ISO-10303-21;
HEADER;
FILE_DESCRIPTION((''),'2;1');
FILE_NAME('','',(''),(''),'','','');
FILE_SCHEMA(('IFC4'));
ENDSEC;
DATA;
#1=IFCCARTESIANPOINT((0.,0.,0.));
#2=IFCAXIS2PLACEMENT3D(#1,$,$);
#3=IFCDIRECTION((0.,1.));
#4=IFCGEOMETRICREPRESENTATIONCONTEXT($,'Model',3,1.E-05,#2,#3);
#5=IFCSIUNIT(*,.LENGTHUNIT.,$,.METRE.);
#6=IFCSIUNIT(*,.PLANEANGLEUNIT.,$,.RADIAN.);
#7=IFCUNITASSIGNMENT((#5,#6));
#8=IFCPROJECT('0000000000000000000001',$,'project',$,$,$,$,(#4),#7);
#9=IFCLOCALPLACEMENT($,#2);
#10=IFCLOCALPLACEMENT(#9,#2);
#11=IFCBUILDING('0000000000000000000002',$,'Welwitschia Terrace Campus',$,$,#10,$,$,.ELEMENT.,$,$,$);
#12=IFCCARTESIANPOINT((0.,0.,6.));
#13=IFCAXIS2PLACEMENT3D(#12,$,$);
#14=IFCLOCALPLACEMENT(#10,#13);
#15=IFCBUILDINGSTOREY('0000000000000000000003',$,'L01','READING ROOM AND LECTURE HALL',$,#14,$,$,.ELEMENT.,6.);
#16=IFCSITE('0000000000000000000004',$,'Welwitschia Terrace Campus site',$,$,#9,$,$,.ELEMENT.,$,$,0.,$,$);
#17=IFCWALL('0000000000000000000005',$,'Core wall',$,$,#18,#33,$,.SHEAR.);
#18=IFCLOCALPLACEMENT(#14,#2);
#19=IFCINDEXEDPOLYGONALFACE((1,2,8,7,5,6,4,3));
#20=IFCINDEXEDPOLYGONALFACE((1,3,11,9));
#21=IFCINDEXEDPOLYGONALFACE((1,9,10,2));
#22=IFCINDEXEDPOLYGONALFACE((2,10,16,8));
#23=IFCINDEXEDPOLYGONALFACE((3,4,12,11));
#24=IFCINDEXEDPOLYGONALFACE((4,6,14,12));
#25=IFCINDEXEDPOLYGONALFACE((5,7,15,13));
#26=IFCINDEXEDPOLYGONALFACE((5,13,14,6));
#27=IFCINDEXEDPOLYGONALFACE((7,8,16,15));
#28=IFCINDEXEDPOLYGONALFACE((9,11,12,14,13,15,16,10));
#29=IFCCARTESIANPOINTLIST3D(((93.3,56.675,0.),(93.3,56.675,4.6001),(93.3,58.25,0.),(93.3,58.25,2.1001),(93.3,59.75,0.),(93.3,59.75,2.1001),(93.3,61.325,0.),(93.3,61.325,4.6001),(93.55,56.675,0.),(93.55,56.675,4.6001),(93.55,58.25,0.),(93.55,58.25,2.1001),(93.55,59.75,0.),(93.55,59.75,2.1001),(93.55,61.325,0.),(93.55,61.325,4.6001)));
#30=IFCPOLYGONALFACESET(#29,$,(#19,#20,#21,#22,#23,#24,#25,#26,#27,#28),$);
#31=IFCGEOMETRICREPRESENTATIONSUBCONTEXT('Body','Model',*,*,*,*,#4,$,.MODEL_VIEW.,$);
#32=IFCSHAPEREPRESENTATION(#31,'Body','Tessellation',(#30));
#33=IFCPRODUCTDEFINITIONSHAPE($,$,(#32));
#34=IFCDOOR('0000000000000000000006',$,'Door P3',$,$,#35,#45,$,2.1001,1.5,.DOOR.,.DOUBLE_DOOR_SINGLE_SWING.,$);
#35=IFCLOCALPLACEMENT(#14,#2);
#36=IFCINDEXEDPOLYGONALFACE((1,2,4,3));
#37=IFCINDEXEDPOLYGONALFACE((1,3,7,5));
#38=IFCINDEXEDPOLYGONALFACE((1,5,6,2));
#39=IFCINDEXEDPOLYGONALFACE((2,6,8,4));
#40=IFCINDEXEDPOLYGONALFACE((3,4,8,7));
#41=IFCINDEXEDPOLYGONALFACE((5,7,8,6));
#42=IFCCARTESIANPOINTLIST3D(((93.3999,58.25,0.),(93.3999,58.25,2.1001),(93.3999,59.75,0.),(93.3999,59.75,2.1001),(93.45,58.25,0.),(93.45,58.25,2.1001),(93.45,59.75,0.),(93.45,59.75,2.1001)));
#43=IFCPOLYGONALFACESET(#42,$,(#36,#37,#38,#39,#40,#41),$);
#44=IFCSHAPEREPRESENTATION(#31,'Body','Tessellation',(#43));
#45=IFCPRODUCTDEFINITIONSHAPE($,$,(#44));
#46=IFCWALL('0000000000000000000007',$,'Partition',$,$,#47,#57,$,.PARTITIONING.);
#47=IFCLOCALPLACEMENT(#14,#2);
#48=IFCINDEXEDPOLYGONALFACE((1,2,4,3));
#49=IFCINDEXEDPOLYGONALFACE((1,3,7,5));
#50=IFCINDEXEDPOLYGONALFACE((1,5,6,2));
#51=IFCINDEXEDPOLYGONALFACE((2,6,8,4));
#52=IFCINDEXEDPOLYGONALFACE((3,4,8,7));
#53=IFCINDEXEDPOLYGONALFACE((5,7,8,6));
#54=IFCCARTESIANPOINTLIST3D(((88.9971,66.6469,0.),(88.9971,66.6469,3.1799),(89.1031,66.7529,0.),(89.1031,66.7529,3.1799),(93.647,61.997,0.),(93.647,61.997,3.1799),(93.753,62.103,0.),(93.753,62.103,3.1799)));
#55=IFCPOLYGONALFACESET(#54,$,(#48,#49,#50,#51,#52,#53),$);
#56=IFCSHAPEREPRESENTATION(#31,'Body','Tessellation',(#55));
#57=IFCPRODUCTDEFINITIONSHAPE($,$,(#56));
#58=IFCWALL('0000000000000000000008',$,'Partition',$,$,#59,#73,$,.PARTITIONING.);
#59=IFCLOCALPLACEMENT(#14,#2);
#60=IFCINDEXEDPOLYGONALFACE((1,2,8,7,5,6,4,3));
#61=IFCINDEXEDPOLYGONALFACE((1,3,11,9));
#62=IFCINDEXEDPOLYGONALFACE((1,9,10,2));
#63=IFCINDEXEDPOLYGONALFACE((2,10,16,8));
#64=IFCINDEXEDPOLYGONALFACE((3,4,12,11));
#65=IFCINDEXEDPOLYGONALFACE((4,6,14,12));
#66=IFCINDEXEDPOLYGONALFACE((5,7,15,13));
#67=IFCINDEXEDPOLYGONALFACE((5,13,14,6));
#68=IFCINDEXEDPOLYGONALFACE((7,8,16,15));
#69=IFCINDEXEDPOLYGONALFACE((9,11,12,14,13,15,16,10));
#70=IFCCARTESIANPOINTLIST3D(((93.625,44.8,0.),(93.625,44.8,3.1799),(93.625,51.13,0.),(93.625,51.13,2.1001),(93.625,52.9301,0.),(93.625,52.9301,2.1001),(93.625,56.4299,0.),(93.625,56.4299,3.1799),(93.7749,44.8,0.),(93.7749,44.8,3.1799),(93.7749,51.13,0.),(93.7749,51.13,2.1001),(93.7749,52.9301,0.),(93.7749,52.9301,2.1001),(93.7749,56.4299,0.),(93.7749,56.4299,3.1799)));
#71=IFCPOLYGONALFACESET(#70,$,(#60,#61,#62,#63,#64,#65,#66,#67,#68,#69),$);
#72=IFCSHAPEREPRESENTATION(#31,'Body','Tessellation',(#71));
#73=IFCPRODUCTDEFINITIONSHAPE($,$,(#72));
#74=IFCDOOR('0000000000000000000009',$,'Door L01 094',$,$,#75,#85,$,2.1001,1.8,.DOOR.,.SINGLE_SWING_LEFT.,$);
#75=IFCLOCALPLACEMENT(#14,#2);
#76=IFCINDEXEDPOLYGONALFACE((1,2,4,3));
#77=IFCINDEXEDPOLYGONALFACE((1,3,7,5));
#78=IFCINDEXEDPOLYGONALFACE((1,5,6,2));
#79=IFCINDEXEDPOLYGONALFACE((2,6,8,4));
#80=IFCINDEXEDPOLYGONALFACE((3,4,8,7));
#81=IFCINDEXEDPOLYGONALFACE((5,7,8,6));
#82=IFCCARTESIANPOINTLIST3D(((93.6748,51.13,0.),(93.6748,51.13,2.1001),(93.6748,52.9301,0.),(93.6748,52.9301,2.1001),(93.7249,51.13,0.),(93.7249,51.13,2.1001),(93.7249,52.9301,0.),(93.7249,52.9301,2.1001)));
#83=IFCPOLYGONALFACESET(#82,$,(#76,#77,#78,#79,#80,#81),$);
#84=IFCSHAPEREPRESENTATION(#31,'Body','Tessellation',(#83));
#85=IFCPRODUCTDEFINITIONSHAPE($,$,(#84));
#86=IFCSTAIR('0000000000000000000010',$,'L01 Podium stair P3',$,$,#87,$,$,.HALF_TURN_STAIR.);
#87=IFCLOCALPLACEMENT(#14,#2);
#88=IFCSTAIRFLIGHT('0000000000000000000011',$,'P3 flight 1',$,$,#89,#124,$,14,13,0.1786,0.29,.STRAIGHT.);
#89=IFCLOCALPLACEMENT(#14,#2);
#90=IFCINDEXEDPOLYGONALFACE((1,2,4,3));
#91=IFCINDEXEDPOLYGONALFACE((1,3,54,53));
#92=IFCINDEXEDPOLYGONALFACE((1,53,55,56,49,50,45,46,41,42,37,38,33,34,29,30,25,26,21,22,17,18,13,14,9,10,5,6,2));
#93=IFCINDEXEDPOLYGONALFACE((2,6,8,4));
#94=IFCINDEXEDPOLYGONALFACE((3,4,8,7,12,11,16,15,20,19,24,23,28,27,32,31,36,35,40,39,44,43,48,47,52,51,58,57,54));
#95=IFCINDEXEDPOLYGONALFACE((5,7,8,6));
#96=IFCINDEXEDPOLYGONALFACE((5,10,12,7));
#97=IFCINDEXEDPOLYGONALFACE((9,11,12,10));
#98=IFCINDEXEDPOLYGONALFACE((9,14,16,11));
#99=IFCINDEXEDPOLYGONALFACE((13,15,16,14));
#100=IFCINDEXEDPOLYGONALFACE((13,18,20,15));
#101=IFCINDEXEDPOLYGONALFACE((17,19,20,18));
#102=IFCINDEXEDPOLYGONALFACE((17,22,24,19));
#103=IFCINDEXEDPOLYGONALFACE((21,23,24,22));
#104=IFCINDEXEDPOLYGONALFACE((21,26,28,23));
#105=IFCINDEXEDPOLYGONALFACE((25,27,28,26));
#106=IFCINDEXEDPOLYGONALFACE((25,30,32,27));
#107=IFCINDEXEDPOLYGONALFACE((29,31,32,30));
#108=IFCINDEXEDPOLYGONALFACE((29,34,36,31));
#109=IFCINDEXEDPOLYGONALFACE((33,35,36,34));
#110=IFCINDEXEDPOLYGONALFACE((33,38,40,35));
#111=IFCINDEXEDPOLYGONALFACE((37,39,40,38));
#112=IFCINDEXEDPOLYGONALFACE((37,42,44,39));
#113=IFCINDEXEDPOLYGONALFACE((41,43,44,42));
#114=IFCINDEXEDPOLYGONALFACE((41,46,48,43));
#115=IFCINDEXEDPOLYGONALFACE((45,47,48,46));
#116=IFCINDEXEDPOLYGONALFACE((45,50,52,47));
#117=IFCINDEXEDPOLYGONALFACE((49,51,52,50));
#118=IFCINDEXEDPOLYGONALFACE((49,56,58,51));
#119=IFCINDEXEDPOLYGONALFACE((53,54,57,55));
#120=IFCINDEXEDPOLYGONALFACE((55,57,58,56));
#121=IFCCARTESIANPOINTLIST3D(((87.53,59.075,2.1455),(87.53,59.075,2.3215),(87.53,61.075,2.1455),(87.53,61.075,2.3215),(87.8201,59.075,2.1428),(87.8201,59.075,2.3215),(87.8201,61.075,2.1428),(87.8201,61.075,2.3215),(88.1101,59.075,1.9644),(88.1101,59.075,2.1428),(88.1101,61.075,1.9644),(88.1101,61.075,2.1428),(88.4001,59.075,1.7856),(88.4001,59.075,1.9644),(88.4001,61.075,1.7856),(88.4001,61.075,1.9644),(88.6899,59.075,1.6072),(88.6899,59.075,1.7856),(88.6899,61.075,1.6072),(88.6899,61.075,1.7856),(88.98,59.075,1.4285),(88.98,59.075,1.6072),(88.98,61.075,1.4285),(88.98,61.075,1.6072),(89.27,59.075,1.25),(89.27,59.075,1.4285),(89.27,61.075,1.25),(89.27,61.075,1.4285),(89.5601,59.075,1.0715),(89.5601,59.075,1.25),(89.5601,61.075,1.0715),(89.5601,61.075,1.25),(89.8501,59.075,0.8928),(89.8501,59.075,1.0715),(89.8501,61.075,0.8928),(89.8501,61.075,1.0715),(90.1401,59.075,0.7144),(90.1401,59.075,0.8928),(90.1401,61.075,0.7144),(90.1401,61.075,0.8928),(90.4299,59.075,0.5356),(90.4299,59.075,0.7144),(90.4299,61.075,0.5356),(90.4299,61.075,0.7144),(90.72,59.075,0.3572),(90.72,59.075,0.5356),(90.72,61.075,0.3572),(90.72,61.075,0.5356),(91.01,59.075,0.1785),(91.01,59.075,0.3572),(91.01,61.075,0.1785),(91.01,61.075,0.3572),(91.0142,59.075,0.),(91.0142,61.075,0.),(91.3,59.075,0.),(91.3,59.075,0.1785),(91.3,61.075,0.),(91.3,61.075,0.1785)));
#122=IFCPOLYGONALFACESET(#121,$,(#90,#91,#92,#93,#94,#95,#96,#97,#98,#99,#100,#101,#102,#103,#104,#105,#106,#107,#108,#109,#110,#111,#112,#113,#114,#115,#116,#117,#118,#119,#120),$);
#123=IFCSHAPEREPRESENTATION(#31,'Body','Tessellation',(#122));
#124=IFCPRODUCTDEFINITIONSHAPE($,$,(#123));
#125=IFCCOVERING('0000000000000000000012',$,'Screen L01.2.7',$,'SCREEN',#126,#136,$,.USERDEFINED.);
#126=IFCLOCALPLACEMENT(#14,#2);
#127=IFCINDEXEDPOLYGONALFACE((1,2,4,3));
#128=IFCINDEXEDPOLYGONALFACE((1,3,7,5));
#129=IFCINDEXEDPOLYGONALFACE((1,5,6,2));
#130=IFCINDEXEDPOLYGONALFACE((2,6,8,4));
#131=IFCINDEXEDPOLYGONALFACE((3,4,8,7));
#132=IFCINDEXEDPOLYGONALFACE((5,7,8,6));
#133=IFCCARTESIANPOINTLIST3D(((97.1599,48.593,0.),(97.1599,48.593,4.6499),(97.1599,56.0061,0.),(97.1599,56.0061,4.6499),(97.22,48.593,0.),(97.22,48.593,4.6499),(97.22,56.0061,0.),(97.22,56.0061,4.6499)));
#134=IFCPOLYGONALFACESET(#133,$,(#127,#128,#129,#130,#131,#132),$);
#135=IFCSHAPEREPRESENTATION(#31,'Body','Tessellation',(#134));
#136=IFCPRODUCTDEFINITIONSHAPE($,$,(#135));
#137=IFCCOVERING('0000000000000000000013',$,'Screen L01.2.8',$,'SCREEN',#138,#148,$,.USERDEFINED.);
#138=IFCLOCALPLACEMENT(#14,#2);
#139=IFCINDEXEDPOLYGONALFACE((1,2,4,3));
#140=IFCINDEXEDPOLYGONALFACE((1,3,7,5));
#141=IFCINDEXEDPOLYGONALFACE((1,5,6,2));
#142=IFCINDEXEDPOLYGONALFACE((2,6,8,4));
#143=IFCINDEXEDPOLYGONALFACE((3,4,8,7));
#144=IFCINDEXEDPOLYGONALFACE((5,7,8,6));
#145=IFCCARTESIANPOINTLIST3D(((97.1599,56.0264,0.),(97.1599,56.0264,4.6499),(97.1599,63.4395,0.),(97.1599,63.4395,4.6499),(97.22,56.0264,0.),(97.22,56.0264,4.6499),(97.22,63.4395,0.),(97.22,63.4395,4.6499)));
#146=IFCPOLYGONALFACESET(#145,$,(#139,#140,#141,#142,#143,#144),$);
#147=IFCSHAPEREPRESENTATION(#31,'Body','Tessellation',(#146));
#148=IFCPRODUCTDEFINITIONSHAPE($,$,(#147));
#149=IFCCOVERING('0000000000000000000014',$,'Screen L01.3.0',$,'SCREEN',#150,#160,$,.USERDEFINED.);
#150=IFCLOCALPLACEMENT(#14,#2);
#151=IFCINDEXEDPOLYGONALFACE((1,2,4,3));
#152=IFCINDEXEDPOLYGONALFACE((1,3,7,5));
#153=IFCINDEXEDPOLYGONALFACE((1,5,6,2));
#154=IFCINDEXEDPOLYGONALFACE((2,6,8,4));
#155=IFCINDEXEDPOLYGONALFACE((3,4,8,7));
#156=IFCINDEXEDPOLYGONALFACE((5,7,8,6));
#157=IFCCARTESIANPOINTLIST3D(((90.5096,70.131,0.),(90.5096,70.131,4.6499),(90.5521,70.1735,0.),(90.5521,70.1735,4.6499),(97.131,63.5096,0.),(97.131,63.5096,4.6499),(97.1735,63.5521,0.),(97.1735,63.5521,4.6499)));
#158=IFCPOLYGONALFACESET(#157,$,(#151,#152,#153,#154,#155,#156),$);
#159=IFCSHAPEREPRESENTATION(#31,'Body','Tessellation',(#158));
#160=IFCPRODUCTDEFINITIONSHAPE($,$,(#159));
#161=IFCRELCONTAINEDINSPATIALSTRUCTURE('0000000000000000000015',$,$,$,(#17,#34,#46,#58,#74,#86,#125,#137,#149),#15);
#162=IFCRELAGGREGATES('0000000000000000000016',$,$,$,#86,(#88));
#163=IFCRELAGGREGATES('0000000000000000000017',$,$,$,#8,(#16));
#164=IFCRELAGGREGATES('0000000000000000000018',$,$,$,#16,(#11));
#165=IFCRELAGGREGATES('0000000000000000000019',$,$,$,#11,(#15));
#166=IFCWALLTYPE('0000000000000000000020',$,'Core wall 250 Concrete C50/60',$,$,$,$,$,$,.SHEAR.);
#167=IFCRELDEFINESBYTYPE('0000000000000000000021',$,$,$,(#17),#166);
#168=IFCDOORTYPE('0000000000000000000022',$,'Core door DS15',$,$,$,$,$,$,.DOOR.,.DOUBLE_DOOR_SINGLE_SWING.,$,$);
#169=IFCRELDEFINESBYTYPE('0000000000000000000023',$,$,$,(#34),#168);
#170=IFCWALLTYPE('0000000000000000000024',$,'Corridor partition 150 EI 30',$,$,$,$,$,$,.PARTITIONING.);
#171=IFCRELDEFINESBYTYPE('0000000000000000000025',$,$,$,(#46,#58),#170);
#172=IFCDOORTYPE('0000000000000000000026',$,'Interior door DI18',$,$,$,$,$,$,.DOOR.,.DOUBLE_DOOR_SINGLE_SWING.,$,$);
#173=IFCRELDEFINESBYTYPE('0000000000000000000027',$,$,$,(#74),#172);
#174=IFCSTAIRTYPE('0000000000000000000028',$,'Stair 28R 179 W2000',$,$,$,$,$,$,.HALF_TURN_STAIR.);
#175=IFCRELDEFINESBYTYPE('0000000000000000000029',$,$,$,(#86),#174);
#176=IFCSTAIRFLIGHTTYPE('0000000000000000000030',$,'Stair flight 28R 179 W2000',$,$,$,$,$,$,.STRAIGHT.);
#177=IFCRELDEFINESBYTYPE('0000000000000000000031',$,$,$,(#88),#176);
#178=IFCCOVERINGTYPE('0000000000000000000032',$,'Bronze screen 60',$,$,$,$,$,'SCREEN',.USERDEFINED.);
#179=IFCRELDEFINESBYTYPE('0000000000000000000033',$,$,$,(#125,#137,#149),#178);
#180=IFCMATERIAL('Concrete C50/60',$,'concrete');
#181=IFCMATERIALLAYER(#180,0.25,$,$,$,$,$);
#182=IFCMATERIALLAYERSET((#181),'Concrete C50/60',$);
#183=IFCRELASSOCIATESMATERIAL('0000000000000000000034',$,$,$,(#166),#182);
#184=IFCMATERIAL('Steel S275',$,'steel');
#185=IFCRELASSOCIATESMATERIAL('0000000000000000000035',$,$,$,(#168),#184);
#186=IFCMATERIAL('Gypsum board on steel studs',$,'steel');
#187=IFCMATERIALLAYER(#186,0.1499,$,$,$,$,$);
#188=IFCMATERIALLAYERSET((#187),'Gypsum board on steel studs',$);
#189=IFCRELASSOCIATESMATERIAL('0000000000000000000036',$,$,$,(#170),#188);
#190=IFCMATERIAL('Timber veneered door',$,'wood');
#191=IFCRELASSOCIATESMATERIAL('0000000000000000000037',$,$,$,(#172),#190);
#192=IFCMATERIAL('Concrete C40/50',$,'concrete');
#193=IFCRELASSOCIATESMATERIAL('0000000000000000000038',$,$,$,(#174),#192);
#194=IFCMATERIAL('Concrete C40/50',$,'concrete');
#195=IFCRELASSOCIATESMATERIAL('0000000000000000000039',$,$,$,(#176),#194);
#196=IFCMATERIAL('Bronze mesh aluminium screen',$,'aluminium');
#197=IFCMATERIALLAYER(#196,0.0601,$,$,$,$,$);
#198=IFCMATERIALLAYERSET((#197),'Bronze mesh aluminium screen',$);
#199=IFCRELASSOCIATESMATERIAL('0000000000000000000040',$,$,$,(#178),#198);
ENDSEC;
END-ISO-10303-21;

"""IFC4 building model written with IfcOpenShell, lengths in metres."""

from ifc_helpers import new_model, si_unit, direction, frame, frame_2d, origin, origin_2d, place, context, subcontext, project, spatial, polyline, rectangle, outline, extrude, material, layer, layer_set, type_object, element, fill, aggregate, save


model = new_model("IFC4")

# Units and contexts
model_context = context("Model", 3, precision=1e-05, world=origin(), true_north=direction((0.0, 1.0)))
body_context = subcontext(model_context, "Body", "Model", "MODEL_VIEW")
ifc_project = project(units=[si_unit("LENGTHUNIT", "METRE"), si_unit("PLANEANGLEUNIT", "RADIAN")], contexts=[model_context])

# Site, building, storey
site_placement = place(None, origin())
site = spatial("IfcSite", under=ifc_project, at=site_placement, Name="Welwitschia Terrace Campus site", CompositionType="ELEMENT", RefElevation=0.0)
building_placement = place(site_placement, origin())
building = spatial("IfcBuilding", under=site, at=building_placement, Name="Welwitschia Terrace Campus", CompositionType="ELEMENT")
storey_placement = place(building_placement, frame((0.0, 0.0, 6.0)))
storey = spatial("IfcBuildingStorey", under=building, at=storey_placement, Name="L01", Description="READING ROOM AND LECTURE HALL", CompositionType="ELEMENT", Elevation=6.0)

# Wall, opening, door
ifc_material_1 = material(Name="Concrete C50/60", Category="concrete")
ifc_layer_1 = layer(ifc_material_1, 0.25)
ifc_layer_set_1 = layer_set([ifc_layer_1], Name="Concrete C50/60")
wall_type_1 = type_object("IfcWallType", Name="Core wall 250 Concrete C50/60", PredefinedType="SHEAR", material=ifc_layer_set_1)
wall_1_placement = place(storey_placement, frame((93.425, 61.325, 0.0), z_axis=(0.0, 0.0, 1.0), x_axis=(0.0, -1.0, 0.0)))
wall_1 = element("IfcWall", 1, at=wall_1_placement, inside=storey, type_object=wall_type_1, Name="Core wall", PredefinedType="SHEAR", context=body_context, shape_type="SweptSolid", body=[
    extrude(rectangle(XDim=4.6499, YDim=0.25, at=frame_2d((2.325, 0.0))), origin(), (0.0, 0.0, 1.0), 4.6001),
])
opening_1_placement = place(wall_1_placement, frame((1.575, 0.0, 0.0)))
opening_1 = element("IfcOpeningElement", 2, at=opening_1_placement, cuts=wall_1, PredefinedType="OPENING", context=body_context, shape_type="SweptSolid", body=[
    extrude(rectangle(XDim=1.5, YDim=2.1001, at=frame_2d((0.75, 1.05))), frame((0.0, 0.135, 0.0), z_axis=(0.0, -1.0, 0.0), x_axis=(1.0, 0.0, 0.0)), (0.0, 0.0, 1.0), 0.27),
])
ifc_material_2 = material(Name="Steel S275", Category="steel")
door_type_1 = type_object("IfcDoorType", Name="Core door DS15", OperationType="DOUBLE_DOOR_SINGLE_SWING", PredefinedType="DOOR", material=ifc_material_2)
door_1_placement = place(opening_1_placement, origin())
door_1 = element("IfcDoor", 3, at=door_1_placement, inside=storey, type_object=door_type_1, Name="Door P3", OperationType="DOUBLE_DOOR_SINGLE_SWING", OverallHeight=2.1001, OverallWidth=1.5, PredefinedType="DOOR", context=body_context, shape_type="SweptSolid", body=[
    extrude(rectangle(XDim=1.5, YDim=2.1001, at=frame_2d((0.75, 1.05))), frame((0.0, 0.0249, 0.0), z_axis=(0.0, -1.0, 0.0), x_axis=(1.0, 0.0, 0.0)), (0.0, 0.0, 1.0), 0.05),
])
fill(opening_1, door_1)

# Wall
ifc_material_3 = material(Name="Gypsum board on steel studs", Category="steel")
ifc_layer_2 = layer(ifc_material_3, 0.1499)
ifc_layer_set_2 = layer_set([ifc_layer_2], Name="Gypsum board on steel studs")
wall_type_2 = type_object("IfcWallType", Name="Corridor partition 150 EI 30", PredefinedType="PARTITIONING", material=ifc_layer_set_2)
wall_2_placement = place(storey_placement, frame((89.05, 66.7, 0.0), z_axis=(0.0, 0.0, 1.0), x_axis=(0.707107, -0.707107, 0.0)))
element("IfcWall", 4, at=wall_2_placement, inside=storey, type_object=wall_type_2, Name="Partition", PredefinedType="PARTITIONING", context=body_context, shape_type="SweptSolid", body=[
    extrude(rectangle(XDim=6.5759, YDim=0.1499, at=frame_2d((3.2881, 0.0))), origin(), (0.0, 0.0, 1.0), 3.1799),
])

# Wall, opening, door
wall_3_placement = place(storey_placement, frame((93.7, 56.4299, 0.0), z_axis=(0.0, 0.0, 1.0), x_axis=(0.0, -1.0, 0.0)))
wall_3 = element("IfcWall", 5, at=wall_3_placement, inside=storey, type_object=wall_type_2, Name="Partition", PredefinedType="PARTITIONING", context=body_context, shape_type="SweptSolid", body=[
    extrude(rectangle(XDim=11.6299, YDim=0.1499, at=frame_2d((5.8149, 0.0))), origin(), (0.0, 0.0, 1.0), 3.1799),
])
opening_2_placement = place(wall_3_placement, frame((3.5, 0.0, 0.0)))
opening_2 = element("IfcOpeningElement", 6, at=opening_2_placement, cuts=wall_3, PredefinedType="OPENING", context=body_context, shape_type="SweptSolid", body=[
    extrude(rectangle(XDim=1.8, YDim=2.1001, at=frame_2d((0.8999, 1.05))), frame((0.0, 0.085, 0.0), z_axis=(0.0, -1.0, 0.0), x_axis=(1.0, 0.0, 0.0)), (0.0, 0.0, 1.0), 0.1699),
])
ifc_material_4 = material(Name="Timber veneered door", Category="wood")
door_type_2 = type_object("IfcDoorType", Name="Interior door DI18", OperationType="DOUBLE_DOOR_SINGLE_SWING", PredefinedType="DOOR", material=ifc_material_4)
door_2_placement = place(opening_2_placement, origin())
door_2 = element("IfcDoor", 7, at=door_2_placement, inside=storey, type_object=door_type_2, Name="Door L01 094", OperationType="SINGLE_SWING_LEFT", OverallHeight=2.1001, OverallWidth=1.8, PredefinedType="DOOR", context=body_context, shape_type="SweptSolid", body=[
    extrude(rectangle(XDim=1.8, YDim=2.1001, at=frame_2d((0.8999, 1.05))), frame((0.0, 0.0249, 0.0), z_axis=(0.0, -1.0, 0.0), x_axis=(1.0, 0.0, 0.0)), (0.0, 0.0, 1.0), 0.05),
])
fill(opening_2, door_2)

# Stair, stair flight
ifc_material_5 = material(Name="Concrete C40/50", Category="concrete")
stair_type = type_object("IfcStairType", Name="Stair 28R 179 W2000", PredefinedType="HALF_TURN_STAIR", material=ifc_material_5)
stair_placement = place(storey_placement, origin())
stair = element("IfcStair", 8, at=stair_placement, inside=storey, type_object=stair_type, Name="L01 Podium stair P3", PredefinedType="HALF_TURN_STAIR")
ifc_material_6 = material(Name="Concrete C40/50", Category="concrete")
stair_flight_type = type_object("IfcStairFlightType", Name="Stair flight 28R 179 W2000", PredefinedType="STRAIGHT", material=ifc_material_6)
stair_flight_placement = place(storey_placement, frame((91.3, 60.075, 0.0), z_axis=(0.0, 0.0, 1.0), x_axis=(-1.0, 0.0, 0.0)))
stair_flight = element("IfcStairFlight", 9, at=stair_flight_placement, type_object=stair_flight_type, Name="P3 flight 1", NumberOfRisers=14, NumberOfTreads=13, PredefinedType="STRAIGHT", RiserHeight=0.1786, TreadLength=0.29, context=body_context, shape_type="SweptSolid", body=[
    extrude(outline(polyline([(0.0, 0.0), (0.0, 0.1785), (0.29, 0.1785), (0.29, 0.3572), (0.5801, 0.3572), (0.5801, 0.5356), (0.8701, 0.5356), (0.8701, 0.7144), (1.1599, 0.7144), (1.1599, 0.8928), (1.45, 0.8928), (1.45, 1.0715), (1.74, 1.0715), (1.74, 1.25), (2.03, 1.25), (2.03, 1.4285), (2.3201, 1.4285), (2.3201, 1.6072), (2.6101, 1.6072), (2.6101, 1.7856), (2.8999, 1.7856), (2.8999, 1.9644), (3.1899, 1.9644), (3.1899, 2.1428), (3.48, 2.1428), (3.48, 2.3215), (3.77, 2.3215), (3.77, 2.5), (3.77, 2.1455), (0.2859, 0.0), (0.0, 0.0)])), frame((0.0, 1.0, 0.0), z_axis=(0.0, -1.0, 0.0), x_axis=(1.0, 0.0, 0.0)), (0.0, 0.0, 1.0), 2.0),
])
aggregate(stair, [stair_flight])

# Coverings
ifc_material_7 = material(Name="Bronze mesh aluminium screen", Category="aluminium")
ifc_layer_3 = layer(ifc_material_7, 0.0601)
ifc_layer_set_3 = layer_set([ifc_layer_3], Name="Bronze mesh aluminium screen")
covering_type = type_object("IfcCoveringType", Name="Bronze screen 60", ElementType="SCREEN", PredefinedType="USERDEFINED", material=ifc_layer_set_3)
for number, where, z_axis, x_axis, name in (
    (10, (97.1899, 52.2996, 0.0), (0.0, 0.0, 1.0), (0.0, 1.0, 0.0), "Screen L01.2.7"),
    (11, (97.1899, 59.7329, 0.0), (0.0, 0.0, 1.0), (0.0, 1.0, 0.0), "Screen L01.2.8"),
):
    element("IfcCovering", number, at=place(storey_placement, frame(where, z_axis=z_axis, x_axis=x_axis)), inside=storey, type_object=covering_type, Name=name, ObjectType="SCREEN", PredefinedType="USERDEFINED", context=body_context, shape_type="SweptSolid", body=[
        extrude(rectangle(XDim=7.4131, YDim=0.0601, at=origin_2d()), origin(), (0.0, 0.0, 1.0), 4.6499),
    ])
covering_placement = place(storey_placement, frame((93.8416, 66.8416, 0.0), z_axis=(0.0, 0.0, 1.0), x_axis=(-0.707107, 0.707107, 0.0)))
element("IfcCovering", 12, at=covering_placement, inside=storey, type_object=covering_type, Name="Screen L01.3.0", ObjectType="SCREEN", PredefinedType="USERDEFINED", context=body_context, shape_type="SweptSolid", body=[
    extrude(rectangle(XDim=9.364, YDim=0.0601, at=origin_2d()), origin(), (0.0, 0.0, 1.0), 4.6499),
])

save(model, "model.ifc")
